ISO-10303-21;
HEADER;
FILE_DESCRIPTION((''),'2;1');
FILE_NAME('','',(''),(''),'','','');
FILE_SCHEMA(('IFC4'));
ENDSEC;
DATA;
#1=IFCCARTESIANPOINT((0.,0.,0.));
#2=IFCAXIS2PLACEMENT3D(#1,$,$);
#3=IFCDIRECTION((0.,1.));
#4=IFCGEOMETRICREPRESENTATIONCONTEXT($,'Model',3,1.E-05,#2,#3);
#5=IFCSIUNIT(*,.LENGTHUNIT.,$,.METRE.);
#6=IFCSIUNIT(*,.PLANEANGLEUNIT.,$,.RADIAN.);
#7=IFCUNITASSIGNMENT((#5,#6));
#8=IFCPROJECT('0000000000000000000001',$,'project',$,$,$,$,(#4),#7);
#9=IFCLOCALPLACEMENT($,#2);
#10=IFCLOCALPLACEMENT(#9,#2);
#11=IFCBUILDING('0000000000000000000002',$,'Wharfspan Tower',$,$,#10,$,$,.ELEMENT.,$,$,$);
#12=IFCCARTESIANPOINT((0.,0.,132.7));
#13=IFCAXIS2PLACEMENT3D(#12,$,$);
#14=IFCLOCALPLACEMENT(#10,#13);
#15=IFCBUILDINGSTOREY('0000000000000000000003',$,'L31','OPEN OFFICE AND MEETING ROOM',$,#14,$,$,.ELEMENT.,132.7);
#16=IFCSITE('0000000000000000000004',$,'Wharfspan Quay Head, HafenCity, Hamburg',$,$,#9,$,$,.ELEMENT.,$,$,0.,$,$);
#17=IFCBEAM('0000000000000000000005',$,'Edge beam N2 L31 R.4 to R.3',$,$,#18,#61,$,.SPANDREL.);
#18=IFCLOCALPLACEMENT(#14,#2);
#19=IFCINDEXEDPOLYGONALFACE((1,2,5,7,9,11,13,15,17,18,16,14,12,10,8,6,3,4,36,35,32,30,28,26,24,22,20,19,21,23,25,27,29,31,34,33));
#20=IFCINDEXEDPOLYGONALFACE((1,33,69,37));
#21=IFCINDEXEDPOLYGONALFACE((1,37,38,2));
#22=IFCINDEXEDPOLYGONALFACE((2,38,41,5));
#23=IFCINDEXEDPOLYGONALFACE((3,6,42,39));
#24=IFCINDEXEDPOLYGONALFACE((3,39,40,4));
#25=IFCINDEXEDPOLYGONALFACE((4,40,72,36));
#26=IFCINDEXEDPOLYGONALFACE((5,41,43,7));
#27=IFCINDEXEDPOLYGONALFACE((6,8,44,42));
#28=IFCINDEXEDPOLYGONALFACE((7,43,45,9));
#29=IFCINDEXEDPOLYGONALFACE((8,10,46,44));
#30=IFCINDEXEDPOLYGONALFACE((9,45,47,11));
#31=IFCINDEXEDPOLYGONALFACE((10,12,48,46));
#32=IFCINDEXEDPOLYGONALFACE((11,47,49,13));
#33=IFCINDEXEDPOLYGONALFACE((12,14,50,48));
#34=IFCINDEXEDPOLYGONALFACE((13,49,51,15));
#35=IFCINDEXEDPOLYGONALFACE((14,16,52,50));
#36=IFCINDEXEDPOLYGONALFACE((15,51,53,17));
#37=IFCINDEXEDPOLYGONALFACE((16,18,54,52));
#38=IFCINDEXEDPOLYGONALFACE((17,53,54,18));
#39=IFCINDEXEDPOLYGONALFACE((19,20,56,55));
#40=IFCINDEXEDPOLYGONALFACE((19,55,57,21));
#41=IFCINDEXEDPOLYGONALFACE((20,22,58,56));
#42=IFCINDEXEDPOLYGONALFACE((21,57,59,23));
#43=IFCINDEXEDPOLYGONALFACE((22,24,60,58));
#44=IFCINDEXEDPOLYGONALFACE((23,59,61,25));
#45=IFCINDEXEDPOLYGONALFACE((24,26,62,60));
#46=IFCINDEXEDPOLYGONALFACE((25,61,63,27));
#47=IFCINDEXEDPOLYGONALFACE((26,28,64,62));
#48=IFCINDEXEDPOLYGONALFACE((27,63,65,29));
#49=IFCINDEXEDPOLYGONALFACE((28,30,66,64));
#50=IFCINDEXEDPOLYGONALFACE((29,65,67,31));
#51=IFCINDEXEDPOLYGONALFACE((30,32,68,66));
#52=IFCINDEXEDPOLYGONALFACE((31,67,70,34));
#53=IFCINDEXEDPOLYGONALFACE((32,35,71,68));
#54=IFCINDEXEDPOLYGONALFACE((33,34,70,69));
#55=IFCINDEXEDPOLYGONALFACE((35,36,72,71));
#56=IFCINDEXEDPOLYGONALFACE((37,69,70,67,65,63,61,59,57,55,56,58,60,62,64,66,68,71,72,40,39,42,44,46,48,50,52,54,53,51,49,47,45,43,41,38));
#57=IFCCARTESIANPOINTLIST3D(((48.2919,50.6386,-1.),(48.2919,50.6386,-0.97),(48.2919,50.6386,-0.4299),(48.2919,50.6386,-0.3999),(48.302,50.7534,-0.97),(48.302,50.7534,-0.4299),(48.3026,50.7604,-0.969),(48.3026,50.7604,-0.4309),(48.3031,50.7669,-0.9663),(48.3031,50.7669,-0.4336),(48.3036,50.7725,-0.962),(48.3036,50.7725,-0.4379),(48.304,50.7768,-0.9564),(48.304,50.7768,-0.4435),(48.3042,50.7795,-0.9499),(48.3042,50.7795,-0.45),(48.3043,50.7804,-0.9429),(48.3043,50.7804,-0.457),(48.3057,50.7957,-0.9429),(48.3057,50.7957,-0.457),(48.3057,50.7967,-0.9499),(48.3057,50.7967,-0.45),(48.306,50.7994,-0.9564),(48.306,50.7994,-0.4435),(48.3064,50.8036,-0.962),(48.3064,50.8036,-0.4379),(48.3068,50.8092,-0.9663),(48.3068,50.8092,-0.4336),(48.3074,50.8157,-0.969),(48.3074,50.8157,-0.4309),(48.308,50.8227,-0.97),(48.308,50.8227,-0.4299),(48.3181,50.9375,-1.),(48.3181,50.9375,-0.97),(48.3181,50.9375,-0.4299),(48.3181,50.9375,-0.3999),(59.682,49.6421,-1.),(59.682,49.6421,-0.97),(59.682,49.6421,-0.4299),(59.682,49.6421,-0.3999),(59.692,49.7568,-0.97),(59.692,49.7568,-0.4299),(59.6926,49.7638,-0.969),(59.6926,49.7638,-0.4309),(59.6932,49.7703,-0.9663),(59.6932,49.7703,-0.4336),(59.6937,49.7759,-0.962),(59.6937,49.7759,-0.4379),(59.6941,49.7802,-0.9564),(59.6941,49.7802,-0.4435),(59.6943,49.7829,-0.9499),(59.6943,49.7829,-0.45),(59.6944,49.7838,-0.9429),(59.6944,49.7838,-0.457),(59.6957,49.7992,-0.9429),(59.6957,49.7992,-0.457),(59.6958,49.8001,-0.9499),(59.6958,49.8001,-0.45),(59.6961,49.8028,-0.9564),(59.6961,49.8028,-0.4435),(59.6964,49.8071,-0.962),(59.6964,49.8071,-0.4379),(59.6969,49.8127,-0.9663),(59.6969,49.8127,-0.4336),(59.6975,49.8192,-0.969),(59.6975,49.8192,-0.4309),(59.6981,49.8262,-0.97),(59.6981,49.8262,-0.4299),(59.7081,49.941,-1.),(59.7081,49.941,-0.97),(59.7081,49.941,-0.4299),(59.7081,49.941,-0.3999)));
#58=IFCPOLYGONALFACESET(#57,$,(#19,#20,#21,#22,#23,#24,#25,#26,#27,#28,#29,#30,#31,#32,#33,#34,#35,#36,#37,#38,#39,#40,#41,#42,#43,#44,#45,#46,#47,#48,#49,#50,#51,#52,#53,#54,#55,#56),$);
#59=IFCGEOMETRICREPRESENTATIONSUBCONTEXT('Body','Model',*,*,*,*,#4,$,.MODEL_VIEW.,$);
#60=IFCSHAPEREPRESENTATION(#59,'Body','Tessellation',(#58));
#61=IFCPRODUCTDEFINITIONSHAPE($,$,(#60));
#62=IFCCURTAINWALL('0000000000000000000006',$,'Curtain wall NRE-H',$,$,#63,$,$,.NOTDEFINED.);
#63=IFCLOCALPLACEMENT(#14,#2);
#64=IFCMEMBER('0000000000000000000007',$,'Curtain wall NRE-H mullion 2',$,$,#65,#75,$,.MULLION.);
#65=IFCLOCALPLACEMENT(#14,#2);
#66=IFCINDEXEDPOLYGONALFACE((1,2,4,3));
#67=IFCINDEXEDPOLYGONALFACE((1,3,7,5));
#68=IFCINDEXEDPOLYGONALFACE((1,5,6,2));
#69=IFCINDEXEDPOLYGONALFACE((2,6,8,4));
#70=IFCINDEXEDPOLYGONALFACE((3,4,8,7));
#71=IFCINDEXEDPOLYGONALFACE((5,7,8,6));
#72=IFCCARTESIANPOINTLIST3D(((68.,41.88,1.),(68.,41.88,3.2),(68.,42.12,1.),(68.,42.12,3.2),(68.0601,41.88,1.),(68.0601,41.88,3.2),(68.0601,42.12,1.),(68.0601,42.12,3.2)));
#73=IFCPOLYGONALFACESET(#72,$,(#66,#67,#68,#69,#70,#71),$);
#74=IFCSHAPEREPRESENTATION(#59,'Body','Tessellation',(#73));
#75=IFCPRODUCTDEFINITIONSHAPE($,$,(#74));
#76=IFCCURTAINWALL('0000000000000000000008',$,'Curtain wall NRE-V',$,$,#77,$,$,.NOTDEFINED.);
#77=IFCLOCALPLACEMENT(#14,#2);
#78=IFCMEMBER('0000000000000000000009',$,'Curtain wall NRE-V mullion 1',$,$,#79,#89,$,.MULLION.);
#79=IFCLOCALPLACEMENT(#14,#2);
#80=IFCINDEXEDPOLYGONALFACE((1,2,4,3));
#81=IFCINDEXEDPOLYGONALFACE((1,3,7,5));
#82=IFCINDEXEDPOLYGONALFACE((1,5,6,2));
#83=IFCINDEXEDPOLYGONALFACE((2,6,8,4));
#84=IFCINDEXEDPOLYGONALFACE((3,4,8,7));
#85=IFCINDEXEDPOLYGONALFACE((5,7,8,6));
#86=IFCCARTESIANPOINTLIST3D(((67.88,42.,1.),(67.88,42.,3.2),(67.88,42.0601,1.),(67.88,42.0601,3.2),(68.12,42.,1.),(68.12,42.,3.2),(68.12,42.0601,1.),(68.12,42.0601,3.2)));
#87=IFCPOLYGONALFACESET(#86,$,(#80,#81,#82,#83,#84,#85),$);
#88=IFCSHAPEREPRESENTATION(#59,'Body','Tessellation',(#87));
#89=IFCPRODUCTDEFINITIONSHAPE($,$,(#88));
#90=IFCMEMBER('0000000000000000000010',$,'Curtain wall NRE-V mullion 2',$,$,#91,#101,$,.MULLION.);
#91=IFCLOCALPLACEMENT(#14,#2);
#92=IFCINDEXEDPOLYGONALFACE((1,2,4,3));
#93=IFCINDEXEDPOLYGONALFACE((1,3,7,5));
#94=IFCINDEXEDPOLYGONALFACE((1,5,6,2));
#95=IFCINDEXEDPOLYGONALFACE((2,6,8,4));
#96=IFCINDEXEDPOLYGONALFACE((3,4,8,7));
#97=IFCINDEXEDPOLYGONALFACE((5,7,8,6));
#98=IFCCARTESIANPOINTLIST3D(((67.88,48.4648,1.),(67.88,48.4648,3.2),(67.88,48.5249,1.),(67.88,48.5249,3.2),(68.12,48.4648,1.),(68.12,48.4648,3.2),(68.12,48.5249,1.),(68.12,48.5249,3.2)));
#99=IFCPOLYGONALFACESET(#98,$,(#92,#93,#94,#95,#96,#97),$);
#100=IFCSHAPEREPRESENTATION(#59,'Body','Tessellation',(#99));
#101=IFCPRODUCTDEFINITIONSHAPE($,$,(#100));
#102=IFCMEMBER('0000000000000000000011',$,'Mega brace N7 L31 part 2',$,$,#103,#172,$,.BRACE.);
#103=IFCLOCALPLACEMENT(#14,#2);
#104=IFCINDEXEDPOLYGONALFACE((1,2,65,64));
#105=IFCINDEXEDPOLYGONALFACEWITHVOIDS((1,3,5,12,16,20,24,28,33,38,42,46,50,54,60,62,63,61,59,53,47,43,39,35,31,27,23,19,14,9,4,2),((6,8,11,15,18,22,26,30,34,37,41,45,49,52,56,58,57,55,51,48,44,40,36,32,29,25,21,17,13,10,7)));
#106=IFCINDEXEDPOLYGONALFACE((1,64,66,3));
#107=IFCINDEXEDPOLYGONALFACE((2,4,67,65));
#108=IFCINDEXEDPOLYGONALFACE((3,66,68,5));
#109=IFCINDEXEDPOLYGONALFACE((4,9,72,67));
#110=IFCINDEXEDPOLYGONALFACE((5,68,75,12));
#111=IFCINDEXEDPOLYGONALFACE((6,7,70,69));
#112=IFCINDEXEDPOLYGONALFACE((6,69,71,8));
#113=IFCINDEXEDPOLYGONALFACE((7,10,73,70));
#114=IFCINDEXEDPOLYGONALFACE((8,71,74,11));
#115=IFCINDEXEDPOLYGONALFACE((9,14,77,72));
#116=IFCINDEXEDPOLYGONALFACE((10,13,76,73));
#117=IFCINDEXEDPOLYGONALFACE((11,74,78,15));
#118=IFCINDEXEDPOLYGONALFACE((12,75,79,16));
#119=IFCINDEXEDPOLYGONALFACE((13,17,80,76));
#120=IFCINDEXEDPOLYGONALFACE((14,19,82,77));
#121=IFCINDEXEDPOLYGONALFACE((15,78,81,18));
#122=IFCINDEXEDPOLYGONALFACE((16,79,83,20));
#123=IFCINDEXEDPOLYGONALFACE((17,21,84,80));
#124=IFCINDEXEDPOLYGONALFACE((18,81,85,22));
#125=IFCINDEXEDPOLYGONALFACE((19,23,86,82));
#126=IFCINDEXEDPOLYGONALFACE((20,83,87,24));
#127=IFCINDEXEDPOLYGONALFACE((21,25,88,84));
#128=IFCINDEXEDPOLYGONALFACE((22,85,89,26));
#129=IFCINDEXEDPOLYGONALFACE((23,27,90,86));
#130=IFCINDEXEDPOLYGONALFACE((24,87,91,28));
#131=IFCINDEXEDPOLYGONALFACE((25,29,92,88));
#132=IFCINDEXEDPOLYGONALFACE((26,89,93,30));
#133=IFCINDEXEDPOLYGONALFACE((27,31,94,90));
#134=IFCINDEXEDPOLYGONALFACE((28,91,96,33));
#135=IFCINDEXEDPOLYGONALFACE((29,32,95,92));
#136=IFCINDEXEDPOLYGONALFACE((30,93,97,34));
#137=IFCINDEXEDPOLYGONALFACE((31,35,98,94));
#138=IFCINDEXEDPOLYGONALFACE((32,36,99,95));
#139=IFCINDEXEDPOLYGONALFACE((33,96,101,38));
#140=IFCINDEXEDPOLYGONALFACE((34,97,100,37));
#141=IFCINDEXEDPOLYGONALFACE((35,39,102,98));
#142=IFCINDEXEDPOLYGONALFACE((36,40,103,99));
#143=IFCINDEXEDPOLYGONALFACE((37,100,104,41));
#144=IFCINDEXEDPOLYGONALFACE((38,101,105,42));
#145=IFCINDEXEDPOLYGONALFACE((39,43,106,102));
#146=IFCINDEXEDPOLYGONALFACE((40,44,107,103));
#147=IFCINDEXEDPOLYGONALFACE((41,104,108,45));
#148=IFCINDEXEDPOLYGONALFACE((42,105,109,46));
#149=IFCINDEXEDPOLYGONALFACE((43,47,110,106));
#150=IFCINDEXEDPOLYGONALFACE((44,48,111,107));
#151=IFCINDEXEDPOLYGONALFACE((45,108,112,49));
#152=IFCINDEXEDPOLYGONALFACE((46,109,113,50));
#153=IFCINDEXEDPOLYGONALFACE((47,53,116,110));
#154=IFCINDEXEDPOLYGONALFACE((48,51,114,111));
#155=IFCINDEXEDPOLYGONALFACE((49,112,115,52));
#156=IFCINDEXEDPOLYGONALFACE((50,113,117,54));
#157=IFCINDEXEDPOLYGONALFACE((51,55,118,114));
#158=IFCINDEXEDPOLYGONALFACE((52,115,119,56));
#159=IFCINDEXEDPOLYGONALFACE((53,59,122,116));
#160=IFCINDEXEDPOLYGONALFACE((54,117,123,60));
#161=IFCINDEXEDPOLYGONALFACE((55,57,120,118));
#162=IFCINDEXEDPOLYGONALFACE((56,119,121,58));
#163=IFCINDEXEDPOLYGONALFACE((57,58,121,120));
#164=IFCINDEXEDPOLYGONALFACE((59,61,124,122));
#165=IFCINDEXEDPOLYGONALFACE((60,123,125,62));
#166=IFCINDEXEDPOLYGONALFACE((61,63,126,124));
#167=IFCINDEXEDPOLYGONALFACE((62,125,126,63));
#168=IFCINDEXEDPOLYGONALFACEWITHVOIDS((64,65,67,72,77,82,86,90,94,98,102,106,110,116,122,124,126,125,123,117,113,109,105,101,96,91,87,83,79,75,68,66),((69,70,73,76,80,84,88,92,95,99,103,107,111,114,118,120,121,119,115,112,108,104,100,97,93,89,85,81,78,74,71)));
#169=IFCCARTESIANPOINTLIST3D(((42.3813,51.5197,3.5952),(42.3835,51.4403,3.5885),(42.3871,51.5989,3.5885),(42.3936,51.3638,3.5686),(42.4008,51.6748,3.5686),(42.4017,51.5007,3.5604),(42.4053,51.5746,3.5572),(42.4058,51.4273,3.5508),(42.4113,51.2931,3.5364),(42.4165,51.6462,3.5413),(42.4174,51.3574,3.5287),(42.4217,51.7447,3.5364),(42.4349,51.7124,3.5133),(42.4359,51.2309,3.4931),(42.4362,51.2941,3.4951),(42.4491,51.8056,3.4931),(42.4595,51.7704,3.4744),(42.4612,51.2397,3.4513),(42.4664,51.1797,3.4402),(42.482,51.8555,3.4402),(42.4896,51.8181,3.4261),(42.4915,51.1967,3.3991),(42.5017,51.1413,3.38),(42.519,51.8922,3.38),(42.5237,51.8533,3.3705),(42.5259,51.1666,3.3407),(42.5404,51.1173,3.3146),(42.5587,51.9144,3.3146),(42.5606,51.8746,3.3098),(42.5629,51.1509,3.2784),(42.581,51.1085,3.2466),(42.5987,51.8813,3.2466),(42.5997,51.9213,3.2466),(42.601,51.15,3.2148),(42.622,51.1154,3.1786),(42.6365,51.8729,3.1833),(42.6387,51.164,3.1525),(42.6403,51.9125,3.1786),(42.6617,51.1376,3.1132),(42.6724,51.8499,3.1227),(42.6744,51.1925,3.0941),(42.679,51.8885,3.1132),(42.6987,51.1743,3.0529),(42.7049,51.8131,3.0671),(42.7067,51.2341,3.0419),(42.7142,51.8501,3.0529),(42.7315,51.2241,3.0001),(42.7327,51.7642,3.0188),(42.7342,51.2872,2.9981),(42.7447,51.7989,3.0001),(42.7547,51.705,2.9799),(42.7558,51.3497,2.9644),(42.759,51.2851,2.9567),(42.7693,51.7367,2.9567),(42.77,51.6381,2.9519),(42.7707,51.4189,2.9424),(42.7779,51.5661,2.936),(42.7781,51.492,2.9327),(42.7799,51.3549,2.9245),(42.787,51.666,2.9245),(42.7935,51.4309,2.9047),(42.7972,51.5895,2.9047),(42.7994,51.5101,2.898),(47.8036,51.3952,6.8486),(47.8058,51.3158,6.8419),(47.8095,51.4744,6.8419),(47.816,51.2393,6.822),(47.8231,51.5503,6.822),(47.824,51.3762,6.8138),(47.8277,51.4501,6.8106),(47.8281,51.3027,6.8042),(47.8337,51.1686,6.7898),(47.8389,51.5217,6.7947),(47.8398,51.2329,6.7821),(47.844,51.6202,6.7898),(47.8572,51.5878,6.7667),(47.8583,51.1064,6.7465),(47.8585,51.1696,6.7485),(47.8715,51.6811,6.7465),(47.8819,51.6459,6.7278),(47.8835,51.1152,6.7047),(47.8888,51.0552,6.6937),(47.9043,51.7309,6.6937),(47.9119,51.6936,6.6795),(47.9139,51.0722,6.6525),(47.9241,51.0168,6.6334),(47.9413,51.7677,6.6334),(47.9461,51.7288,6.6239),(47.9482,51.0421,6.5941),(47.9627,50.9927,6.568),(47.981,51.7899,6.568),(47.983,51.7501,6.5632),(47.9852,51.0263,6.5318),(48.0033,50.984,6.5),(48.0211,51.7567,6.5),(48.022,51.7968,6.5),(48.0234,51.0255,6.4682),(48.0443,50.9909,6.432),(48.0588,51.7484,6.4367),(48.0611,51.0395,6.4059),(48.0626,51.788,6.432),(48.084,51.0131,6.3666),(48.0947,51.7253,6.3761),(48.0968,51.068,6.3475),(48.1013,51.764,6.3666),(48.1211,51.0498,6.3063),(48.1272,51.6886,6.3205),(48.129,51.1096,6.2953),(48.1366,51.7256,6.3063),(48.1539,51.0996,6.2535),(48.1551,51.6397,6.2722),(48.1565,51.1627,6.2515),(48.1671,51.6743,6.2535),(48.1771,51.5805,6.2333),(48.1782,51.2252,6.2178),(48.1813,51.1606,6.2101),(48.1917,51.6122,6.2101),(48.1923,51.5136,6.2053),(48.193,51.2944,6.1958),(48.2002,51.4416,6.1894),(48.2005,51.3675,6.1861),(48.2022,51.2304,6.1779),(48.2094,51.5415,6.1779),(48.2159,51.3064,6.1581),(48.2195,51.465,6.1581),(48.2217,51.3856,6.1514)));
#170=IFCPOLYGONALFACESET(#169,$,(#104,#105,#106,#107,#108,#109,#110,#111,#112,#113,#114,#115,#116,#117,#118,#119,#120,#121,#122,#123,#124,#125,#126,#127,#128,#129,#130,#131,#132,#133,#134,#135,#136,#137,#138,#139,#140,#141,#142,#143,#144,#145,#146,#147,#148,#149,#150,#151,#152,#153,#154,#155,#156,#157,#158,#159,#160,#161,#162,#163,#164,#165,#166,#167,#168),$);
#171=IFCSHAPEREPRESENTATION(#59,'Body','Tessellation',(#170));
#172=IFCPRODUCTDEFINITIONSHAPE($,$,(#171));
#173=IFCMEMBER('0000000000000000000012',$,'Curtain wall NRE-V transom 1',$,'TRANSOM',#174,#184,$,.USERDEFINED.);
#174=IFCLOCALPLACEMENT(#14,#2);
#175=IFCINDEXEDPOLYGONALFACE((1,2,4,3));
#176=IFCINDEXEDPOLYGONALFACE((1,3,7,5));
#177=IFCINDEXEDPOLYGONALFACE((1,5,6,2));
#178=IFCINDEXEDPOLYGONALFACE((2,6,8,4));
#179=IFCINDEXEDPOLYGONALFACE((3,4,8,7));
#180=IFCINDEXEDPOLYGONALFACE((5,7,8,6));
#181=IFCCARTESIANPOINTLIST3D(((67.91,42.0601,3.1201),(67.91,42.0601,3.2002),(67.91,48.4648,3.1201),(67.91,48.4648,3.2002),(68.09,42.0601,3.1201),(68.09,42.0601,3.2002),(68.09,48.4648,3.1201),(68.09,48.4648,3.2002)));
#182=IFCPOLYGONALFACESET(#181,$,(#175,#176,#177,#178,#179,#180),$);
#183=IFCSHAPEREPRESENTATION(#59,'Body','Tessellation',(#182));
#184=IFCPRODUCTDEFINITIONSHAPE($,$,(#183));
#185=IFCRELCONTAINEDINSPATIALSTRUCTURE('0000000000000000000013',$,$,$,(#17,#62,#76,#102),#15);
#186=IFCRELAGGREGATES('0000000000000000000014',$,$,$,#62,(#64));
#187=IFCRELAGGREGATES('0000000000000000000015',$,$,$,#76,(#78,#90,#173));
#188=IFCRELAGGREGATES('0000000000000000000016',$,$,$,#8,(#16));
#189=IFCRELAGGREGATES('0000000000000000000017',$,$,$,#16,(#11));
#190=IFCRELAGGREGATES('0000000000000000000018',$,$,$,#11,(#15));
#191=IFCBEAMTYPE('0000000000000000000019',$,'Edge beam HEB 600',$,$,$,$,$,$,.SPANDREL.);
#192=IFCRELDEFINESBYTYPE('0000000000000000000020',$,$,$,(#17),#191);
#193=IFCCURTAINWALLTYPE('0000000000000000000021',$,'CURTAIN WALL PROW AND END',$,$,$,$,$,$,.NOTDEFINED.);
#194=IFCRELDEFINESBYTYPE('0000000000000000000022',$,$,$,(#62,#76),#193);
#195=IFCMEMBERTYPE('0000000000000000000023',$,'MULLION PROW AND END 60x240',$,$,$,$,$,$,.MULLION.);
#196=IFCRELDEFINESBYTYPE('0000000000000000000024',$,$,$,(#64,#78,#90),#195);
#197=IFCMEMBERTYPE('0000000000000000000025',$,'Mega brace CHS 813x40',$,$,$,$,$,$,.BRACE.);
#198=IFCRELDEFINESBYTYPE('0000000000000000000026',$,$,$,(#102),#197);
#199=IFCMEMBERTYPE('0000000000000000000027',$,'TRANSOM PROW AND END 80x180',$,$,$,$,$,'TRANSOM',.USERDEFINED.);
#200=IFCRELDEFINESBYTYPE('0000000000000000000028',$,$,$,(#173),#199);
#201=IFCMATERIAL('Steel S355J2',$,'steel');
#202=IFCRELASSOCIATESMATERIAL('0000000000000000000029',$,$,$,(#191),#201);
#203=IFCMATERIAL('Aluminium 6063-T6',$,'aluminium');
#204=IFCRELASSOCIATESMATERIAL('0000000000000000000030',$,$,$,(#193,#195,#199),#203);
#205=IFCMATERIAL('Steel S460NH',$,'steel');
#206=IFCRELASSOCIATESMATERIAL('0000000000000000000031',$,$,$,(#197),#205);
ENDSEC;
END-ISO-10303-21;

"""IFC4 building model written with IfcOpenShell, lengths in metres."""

from ifc_helpers import new_model, si_unit, direction, frame, origin, origin_2d, place, context, subcontext, project, spatial, rectangle, hollow_circle, i_section, extrude, material, material_profile, profile_set, type_object, element, aggregate, save


model = new_model("IFC4")

# Units and contexts
model_context = context("Model", 3, precision=1e-05, world=origin(), true_north=direction((0.0, 1.0)))
body_context = subcontext(model_context, "Body", "Model", "MODEL_VIEW")
ifc_project = project(units=[si_unit("LENGTHUNIT", "METRE"), si_unit("PLANEANGLEUNIT", "RADIAN")], contexts=[model_context])

# Site, building, storey
site_placement = place(None, origin())
site = spatial("IfcSite", under=ifc_project, at=site_placement, Name="Wharfspan Quay Head, HafenCity, Hamburg", CompositionType="ELEMENT", RefElevation=0.0)
building_placement = place(site_placement, origin())
building = spatial("IfcBuilding", under=site, at=building_placement, Name="Wharfspan Tower", CompositionType="ELEMENT")
storey_placement = place(building_placement, frame((0.0, 0.0, 132.7)))
storey = spatial("IfcBuildingStorey", under=building, at=storey_placement, Name="L31", Description="OPEN OFFICE AND MEETING ROOM", CompositionType="ELEMENT", Elevation=132.7)

# Shared definitions
ifc_material_1 = material(Name="Steel S355J2", Category="steel")

# Beam
ifc_material_profile_1 = material_profile(ifc_material_1, i_section(OverallWidth=0.3, OverallDepth=0.6001, WebThickness=0.0154, FlangeThickness=0.03, FilletRadius=0.0271, at=origin_2d()))
ifc_profile_set_1 = profile_set([ifc_material_profile_1], Name="Steel S355J2")
beam_type = type_object("IfcBeamType", Name="Edge beam HEB 600", PredefinedType="SPANDREL", material=ifc_profile_set_1)
beam_placement = place(storey_placement, frame((59.6951, 49.7915, -0.7), z_axis=(-0.996194, 0.087162, 0.0), x_axis=(-0.087162, -0.996194, 0.0)))
element("IfcBeam", 1, at=beam_placement, inside=storey, type_object=beam_type, Name="Edge beam N2 L31 R.4 to R.3", PredefinedType="SPANDREL", context=body_context, shape_type="SweptSolid", body=[
    extrude(i_section(OverallWidth=0.3, OverallDepth=0.6001, WebThickness=0.0154, FlangeThickness=0.03, FilletRadius=0.0271, at=origin_2d()), origin(), (0.0, 0.0, 1.0), 11.4336),
])

# Curtain wall, member
ifc_material_2 = material(Name="Aluminium 6063-T6", Category="aluminium")
curtain_wall_type = type_object("IfcCurtainWallType", Name="CURTAIN WALL PROW AND END", PredefinedType="NOTDEFINED", material=ifc_material_2)
curtain_wall_1_placement = place(storey_placement, origin())
curtain_wall_1 = element("IfcCurtainWall", 2, at=curtain_wall_1_placement, inside=storey, type_object=curtain_wall_type, Name="Curtain wall NRE-H", PredefinedType="NOTDEFINED")
ifc_material_profile_2 = material_profile(ifc_material_2, rectangle(XDim=0.24, YDim=0.0601, at=origin_2d()))
ifc_profile_set_2 = profile_set([ifc_material_profile_2], Name="Aluminium 6063-T6")
member_type_1 = type_object("IfcMemberType", Name="MULLION PROW AND END 60x240", PredefinedType="MULLION", material=ifc_profile_set_2)
member_1_placement = place(storey_placement, frame((68.03, 42.0, 1.0), z_axis=(0.0, 0.0, 1.0), x_axis=(0.0, -1.0, 0.0)))
member_1 = element("IfcMember", 3, at=member_1_placement, type_object=member_type_1, Name="Curtain wall NRE-H mullion 2", PredefinedType="MULLION", context=body_context, shape_type="SweptSolid", body=[
    extrude(rectangle(XDim=0.24, YDim=0.0601, at=origin_2d()), origin(), (0.0, 0.0, 1.0), 2.2),
])
aggregate(curtain_wall_1, [member_1])

# Curtain wall, members
curtain_wall_2_placement = place(storey_placement, origin())
curtain_wall_2 = element("IfcCurtainWall", 4, at=curtain_wall_2_placement, inside=storey, type_object=curtain_wall_type, Name="Curtain wall NRE-V", PredefinedType="NOTDEFINED")
member_2_placement = place(storey_placement, frame((68.0, 42.03, 1.0), z_axis=(0.0, 0.0, 1.0), x_axis=(-1.0, 0.0, 0.0)))
member_2 = element("IfcMember", 5, at=member_2_placement, type_object=member_type_1, Name="Curtain wall NRE-V mullion 1", PredefinedType="MULLION", context=body_context, shape_type="SweptSolid", body=[
    extrude(rectangle(XDim=0.24, YDim=0.0601, at=origin_2d()), origin(), (0.0, 0.0, 1.0), 2.2),
])
member_3_placement = place(storey_placement, frame((68.0, 48.4949, 1.0), z_axis=(0.0, 0.0, 1.0), x_axis=(-1.0, 0.0, 0.0)))
member_3 = element("IfcMember", 6, at=member_3_placement, type_object=member_type_1, Name="Curtain wall NRE-V mullion 2", PredefinedType="MULLION", context=body_context, shape_type="SweptSolid", body=[
    extrude(rectangle(XDim=0.24, YDim=0.0601, at=origin_2d()), origin(), (0.0, 0.0, 1.0), 2.2),
])

# Members
ifc_material_3 = material(Name="Steel S460NH", Category="steel")
ifc_material_profile_3 = material_profile(ifc_material_3, hollow_circle(Radius=0.4065, WallThickness=0.04, at=origin_2d()))
ifc_profile_set_3 = profile_set([ifc_material_profile_3], Name="Steel S460NH")
member_type_2 = type_object("IfcMemberType", Name="Mega brace CHS 813x40", PredefinedType="BRACE", material=ifc_profile_set_3)
member_4_placement = place(storey_placement, frame((42.5903, 51.5149, 3.2466), z_axis=(0.857327, -0.019686, 0.514396), x_axis=(0.022956, 0.999736, 0.0)))
element("IfcMember", 7, at=member_4_placement, inside=storey, type_object=member_type_2, Name="Mega brace N7 L31 part 2", PredefinedType="BRACE", context=body_context, shape_type="SweptSolid", body=[
    extrude(hollow_circle(Radius=0.4065, WallThickness=0.04, at=origin_2d()), origin(), (0.0, 0.0, 1.0), 6.3247),
])
ifc_material_profile_4 = material_profile(ifc_material_2, rectangle(XDim=0.1799, YDim=0.0801, at=origin_2d()))
ifc_profile_set_4 = profile_set([ifc_material_profile_4], Name="Aluminium 6063-T6")
member_type_3 = type_object("IfcMemberType", Name="TRANSOM PROW AND END 80x180", ElementType="TRANSOM", PredefinedType="USERDEFINED", material=ifc_profile_set_4)
member_5_placement = place(storey_placement, frame((68.0, 42.0601, 3.1602), z_axis=(0.0, 1.0, 0.0), x_axis=(-1.0, 0.0, 0.0)))
member_5 = element("IfcMember", 8, at=member_5_placement, type_object=member_type_3, Name="Curtain wall NRE-V transom 1", ObjectType="TRANSOM", PredefinedType="USERDEFINED", context=body_context, shape_type="SweptSolid", body=[
    extrude(rectangle(XDim=0.1799, YDim=0.0801, at=origin_2d()), origin(), (0.0, 0.0, 1.0), 6.4048),
])

aggregate(curtain_wall_2, [member_2, member_3, member_5])

save(model, "model.ifc")
